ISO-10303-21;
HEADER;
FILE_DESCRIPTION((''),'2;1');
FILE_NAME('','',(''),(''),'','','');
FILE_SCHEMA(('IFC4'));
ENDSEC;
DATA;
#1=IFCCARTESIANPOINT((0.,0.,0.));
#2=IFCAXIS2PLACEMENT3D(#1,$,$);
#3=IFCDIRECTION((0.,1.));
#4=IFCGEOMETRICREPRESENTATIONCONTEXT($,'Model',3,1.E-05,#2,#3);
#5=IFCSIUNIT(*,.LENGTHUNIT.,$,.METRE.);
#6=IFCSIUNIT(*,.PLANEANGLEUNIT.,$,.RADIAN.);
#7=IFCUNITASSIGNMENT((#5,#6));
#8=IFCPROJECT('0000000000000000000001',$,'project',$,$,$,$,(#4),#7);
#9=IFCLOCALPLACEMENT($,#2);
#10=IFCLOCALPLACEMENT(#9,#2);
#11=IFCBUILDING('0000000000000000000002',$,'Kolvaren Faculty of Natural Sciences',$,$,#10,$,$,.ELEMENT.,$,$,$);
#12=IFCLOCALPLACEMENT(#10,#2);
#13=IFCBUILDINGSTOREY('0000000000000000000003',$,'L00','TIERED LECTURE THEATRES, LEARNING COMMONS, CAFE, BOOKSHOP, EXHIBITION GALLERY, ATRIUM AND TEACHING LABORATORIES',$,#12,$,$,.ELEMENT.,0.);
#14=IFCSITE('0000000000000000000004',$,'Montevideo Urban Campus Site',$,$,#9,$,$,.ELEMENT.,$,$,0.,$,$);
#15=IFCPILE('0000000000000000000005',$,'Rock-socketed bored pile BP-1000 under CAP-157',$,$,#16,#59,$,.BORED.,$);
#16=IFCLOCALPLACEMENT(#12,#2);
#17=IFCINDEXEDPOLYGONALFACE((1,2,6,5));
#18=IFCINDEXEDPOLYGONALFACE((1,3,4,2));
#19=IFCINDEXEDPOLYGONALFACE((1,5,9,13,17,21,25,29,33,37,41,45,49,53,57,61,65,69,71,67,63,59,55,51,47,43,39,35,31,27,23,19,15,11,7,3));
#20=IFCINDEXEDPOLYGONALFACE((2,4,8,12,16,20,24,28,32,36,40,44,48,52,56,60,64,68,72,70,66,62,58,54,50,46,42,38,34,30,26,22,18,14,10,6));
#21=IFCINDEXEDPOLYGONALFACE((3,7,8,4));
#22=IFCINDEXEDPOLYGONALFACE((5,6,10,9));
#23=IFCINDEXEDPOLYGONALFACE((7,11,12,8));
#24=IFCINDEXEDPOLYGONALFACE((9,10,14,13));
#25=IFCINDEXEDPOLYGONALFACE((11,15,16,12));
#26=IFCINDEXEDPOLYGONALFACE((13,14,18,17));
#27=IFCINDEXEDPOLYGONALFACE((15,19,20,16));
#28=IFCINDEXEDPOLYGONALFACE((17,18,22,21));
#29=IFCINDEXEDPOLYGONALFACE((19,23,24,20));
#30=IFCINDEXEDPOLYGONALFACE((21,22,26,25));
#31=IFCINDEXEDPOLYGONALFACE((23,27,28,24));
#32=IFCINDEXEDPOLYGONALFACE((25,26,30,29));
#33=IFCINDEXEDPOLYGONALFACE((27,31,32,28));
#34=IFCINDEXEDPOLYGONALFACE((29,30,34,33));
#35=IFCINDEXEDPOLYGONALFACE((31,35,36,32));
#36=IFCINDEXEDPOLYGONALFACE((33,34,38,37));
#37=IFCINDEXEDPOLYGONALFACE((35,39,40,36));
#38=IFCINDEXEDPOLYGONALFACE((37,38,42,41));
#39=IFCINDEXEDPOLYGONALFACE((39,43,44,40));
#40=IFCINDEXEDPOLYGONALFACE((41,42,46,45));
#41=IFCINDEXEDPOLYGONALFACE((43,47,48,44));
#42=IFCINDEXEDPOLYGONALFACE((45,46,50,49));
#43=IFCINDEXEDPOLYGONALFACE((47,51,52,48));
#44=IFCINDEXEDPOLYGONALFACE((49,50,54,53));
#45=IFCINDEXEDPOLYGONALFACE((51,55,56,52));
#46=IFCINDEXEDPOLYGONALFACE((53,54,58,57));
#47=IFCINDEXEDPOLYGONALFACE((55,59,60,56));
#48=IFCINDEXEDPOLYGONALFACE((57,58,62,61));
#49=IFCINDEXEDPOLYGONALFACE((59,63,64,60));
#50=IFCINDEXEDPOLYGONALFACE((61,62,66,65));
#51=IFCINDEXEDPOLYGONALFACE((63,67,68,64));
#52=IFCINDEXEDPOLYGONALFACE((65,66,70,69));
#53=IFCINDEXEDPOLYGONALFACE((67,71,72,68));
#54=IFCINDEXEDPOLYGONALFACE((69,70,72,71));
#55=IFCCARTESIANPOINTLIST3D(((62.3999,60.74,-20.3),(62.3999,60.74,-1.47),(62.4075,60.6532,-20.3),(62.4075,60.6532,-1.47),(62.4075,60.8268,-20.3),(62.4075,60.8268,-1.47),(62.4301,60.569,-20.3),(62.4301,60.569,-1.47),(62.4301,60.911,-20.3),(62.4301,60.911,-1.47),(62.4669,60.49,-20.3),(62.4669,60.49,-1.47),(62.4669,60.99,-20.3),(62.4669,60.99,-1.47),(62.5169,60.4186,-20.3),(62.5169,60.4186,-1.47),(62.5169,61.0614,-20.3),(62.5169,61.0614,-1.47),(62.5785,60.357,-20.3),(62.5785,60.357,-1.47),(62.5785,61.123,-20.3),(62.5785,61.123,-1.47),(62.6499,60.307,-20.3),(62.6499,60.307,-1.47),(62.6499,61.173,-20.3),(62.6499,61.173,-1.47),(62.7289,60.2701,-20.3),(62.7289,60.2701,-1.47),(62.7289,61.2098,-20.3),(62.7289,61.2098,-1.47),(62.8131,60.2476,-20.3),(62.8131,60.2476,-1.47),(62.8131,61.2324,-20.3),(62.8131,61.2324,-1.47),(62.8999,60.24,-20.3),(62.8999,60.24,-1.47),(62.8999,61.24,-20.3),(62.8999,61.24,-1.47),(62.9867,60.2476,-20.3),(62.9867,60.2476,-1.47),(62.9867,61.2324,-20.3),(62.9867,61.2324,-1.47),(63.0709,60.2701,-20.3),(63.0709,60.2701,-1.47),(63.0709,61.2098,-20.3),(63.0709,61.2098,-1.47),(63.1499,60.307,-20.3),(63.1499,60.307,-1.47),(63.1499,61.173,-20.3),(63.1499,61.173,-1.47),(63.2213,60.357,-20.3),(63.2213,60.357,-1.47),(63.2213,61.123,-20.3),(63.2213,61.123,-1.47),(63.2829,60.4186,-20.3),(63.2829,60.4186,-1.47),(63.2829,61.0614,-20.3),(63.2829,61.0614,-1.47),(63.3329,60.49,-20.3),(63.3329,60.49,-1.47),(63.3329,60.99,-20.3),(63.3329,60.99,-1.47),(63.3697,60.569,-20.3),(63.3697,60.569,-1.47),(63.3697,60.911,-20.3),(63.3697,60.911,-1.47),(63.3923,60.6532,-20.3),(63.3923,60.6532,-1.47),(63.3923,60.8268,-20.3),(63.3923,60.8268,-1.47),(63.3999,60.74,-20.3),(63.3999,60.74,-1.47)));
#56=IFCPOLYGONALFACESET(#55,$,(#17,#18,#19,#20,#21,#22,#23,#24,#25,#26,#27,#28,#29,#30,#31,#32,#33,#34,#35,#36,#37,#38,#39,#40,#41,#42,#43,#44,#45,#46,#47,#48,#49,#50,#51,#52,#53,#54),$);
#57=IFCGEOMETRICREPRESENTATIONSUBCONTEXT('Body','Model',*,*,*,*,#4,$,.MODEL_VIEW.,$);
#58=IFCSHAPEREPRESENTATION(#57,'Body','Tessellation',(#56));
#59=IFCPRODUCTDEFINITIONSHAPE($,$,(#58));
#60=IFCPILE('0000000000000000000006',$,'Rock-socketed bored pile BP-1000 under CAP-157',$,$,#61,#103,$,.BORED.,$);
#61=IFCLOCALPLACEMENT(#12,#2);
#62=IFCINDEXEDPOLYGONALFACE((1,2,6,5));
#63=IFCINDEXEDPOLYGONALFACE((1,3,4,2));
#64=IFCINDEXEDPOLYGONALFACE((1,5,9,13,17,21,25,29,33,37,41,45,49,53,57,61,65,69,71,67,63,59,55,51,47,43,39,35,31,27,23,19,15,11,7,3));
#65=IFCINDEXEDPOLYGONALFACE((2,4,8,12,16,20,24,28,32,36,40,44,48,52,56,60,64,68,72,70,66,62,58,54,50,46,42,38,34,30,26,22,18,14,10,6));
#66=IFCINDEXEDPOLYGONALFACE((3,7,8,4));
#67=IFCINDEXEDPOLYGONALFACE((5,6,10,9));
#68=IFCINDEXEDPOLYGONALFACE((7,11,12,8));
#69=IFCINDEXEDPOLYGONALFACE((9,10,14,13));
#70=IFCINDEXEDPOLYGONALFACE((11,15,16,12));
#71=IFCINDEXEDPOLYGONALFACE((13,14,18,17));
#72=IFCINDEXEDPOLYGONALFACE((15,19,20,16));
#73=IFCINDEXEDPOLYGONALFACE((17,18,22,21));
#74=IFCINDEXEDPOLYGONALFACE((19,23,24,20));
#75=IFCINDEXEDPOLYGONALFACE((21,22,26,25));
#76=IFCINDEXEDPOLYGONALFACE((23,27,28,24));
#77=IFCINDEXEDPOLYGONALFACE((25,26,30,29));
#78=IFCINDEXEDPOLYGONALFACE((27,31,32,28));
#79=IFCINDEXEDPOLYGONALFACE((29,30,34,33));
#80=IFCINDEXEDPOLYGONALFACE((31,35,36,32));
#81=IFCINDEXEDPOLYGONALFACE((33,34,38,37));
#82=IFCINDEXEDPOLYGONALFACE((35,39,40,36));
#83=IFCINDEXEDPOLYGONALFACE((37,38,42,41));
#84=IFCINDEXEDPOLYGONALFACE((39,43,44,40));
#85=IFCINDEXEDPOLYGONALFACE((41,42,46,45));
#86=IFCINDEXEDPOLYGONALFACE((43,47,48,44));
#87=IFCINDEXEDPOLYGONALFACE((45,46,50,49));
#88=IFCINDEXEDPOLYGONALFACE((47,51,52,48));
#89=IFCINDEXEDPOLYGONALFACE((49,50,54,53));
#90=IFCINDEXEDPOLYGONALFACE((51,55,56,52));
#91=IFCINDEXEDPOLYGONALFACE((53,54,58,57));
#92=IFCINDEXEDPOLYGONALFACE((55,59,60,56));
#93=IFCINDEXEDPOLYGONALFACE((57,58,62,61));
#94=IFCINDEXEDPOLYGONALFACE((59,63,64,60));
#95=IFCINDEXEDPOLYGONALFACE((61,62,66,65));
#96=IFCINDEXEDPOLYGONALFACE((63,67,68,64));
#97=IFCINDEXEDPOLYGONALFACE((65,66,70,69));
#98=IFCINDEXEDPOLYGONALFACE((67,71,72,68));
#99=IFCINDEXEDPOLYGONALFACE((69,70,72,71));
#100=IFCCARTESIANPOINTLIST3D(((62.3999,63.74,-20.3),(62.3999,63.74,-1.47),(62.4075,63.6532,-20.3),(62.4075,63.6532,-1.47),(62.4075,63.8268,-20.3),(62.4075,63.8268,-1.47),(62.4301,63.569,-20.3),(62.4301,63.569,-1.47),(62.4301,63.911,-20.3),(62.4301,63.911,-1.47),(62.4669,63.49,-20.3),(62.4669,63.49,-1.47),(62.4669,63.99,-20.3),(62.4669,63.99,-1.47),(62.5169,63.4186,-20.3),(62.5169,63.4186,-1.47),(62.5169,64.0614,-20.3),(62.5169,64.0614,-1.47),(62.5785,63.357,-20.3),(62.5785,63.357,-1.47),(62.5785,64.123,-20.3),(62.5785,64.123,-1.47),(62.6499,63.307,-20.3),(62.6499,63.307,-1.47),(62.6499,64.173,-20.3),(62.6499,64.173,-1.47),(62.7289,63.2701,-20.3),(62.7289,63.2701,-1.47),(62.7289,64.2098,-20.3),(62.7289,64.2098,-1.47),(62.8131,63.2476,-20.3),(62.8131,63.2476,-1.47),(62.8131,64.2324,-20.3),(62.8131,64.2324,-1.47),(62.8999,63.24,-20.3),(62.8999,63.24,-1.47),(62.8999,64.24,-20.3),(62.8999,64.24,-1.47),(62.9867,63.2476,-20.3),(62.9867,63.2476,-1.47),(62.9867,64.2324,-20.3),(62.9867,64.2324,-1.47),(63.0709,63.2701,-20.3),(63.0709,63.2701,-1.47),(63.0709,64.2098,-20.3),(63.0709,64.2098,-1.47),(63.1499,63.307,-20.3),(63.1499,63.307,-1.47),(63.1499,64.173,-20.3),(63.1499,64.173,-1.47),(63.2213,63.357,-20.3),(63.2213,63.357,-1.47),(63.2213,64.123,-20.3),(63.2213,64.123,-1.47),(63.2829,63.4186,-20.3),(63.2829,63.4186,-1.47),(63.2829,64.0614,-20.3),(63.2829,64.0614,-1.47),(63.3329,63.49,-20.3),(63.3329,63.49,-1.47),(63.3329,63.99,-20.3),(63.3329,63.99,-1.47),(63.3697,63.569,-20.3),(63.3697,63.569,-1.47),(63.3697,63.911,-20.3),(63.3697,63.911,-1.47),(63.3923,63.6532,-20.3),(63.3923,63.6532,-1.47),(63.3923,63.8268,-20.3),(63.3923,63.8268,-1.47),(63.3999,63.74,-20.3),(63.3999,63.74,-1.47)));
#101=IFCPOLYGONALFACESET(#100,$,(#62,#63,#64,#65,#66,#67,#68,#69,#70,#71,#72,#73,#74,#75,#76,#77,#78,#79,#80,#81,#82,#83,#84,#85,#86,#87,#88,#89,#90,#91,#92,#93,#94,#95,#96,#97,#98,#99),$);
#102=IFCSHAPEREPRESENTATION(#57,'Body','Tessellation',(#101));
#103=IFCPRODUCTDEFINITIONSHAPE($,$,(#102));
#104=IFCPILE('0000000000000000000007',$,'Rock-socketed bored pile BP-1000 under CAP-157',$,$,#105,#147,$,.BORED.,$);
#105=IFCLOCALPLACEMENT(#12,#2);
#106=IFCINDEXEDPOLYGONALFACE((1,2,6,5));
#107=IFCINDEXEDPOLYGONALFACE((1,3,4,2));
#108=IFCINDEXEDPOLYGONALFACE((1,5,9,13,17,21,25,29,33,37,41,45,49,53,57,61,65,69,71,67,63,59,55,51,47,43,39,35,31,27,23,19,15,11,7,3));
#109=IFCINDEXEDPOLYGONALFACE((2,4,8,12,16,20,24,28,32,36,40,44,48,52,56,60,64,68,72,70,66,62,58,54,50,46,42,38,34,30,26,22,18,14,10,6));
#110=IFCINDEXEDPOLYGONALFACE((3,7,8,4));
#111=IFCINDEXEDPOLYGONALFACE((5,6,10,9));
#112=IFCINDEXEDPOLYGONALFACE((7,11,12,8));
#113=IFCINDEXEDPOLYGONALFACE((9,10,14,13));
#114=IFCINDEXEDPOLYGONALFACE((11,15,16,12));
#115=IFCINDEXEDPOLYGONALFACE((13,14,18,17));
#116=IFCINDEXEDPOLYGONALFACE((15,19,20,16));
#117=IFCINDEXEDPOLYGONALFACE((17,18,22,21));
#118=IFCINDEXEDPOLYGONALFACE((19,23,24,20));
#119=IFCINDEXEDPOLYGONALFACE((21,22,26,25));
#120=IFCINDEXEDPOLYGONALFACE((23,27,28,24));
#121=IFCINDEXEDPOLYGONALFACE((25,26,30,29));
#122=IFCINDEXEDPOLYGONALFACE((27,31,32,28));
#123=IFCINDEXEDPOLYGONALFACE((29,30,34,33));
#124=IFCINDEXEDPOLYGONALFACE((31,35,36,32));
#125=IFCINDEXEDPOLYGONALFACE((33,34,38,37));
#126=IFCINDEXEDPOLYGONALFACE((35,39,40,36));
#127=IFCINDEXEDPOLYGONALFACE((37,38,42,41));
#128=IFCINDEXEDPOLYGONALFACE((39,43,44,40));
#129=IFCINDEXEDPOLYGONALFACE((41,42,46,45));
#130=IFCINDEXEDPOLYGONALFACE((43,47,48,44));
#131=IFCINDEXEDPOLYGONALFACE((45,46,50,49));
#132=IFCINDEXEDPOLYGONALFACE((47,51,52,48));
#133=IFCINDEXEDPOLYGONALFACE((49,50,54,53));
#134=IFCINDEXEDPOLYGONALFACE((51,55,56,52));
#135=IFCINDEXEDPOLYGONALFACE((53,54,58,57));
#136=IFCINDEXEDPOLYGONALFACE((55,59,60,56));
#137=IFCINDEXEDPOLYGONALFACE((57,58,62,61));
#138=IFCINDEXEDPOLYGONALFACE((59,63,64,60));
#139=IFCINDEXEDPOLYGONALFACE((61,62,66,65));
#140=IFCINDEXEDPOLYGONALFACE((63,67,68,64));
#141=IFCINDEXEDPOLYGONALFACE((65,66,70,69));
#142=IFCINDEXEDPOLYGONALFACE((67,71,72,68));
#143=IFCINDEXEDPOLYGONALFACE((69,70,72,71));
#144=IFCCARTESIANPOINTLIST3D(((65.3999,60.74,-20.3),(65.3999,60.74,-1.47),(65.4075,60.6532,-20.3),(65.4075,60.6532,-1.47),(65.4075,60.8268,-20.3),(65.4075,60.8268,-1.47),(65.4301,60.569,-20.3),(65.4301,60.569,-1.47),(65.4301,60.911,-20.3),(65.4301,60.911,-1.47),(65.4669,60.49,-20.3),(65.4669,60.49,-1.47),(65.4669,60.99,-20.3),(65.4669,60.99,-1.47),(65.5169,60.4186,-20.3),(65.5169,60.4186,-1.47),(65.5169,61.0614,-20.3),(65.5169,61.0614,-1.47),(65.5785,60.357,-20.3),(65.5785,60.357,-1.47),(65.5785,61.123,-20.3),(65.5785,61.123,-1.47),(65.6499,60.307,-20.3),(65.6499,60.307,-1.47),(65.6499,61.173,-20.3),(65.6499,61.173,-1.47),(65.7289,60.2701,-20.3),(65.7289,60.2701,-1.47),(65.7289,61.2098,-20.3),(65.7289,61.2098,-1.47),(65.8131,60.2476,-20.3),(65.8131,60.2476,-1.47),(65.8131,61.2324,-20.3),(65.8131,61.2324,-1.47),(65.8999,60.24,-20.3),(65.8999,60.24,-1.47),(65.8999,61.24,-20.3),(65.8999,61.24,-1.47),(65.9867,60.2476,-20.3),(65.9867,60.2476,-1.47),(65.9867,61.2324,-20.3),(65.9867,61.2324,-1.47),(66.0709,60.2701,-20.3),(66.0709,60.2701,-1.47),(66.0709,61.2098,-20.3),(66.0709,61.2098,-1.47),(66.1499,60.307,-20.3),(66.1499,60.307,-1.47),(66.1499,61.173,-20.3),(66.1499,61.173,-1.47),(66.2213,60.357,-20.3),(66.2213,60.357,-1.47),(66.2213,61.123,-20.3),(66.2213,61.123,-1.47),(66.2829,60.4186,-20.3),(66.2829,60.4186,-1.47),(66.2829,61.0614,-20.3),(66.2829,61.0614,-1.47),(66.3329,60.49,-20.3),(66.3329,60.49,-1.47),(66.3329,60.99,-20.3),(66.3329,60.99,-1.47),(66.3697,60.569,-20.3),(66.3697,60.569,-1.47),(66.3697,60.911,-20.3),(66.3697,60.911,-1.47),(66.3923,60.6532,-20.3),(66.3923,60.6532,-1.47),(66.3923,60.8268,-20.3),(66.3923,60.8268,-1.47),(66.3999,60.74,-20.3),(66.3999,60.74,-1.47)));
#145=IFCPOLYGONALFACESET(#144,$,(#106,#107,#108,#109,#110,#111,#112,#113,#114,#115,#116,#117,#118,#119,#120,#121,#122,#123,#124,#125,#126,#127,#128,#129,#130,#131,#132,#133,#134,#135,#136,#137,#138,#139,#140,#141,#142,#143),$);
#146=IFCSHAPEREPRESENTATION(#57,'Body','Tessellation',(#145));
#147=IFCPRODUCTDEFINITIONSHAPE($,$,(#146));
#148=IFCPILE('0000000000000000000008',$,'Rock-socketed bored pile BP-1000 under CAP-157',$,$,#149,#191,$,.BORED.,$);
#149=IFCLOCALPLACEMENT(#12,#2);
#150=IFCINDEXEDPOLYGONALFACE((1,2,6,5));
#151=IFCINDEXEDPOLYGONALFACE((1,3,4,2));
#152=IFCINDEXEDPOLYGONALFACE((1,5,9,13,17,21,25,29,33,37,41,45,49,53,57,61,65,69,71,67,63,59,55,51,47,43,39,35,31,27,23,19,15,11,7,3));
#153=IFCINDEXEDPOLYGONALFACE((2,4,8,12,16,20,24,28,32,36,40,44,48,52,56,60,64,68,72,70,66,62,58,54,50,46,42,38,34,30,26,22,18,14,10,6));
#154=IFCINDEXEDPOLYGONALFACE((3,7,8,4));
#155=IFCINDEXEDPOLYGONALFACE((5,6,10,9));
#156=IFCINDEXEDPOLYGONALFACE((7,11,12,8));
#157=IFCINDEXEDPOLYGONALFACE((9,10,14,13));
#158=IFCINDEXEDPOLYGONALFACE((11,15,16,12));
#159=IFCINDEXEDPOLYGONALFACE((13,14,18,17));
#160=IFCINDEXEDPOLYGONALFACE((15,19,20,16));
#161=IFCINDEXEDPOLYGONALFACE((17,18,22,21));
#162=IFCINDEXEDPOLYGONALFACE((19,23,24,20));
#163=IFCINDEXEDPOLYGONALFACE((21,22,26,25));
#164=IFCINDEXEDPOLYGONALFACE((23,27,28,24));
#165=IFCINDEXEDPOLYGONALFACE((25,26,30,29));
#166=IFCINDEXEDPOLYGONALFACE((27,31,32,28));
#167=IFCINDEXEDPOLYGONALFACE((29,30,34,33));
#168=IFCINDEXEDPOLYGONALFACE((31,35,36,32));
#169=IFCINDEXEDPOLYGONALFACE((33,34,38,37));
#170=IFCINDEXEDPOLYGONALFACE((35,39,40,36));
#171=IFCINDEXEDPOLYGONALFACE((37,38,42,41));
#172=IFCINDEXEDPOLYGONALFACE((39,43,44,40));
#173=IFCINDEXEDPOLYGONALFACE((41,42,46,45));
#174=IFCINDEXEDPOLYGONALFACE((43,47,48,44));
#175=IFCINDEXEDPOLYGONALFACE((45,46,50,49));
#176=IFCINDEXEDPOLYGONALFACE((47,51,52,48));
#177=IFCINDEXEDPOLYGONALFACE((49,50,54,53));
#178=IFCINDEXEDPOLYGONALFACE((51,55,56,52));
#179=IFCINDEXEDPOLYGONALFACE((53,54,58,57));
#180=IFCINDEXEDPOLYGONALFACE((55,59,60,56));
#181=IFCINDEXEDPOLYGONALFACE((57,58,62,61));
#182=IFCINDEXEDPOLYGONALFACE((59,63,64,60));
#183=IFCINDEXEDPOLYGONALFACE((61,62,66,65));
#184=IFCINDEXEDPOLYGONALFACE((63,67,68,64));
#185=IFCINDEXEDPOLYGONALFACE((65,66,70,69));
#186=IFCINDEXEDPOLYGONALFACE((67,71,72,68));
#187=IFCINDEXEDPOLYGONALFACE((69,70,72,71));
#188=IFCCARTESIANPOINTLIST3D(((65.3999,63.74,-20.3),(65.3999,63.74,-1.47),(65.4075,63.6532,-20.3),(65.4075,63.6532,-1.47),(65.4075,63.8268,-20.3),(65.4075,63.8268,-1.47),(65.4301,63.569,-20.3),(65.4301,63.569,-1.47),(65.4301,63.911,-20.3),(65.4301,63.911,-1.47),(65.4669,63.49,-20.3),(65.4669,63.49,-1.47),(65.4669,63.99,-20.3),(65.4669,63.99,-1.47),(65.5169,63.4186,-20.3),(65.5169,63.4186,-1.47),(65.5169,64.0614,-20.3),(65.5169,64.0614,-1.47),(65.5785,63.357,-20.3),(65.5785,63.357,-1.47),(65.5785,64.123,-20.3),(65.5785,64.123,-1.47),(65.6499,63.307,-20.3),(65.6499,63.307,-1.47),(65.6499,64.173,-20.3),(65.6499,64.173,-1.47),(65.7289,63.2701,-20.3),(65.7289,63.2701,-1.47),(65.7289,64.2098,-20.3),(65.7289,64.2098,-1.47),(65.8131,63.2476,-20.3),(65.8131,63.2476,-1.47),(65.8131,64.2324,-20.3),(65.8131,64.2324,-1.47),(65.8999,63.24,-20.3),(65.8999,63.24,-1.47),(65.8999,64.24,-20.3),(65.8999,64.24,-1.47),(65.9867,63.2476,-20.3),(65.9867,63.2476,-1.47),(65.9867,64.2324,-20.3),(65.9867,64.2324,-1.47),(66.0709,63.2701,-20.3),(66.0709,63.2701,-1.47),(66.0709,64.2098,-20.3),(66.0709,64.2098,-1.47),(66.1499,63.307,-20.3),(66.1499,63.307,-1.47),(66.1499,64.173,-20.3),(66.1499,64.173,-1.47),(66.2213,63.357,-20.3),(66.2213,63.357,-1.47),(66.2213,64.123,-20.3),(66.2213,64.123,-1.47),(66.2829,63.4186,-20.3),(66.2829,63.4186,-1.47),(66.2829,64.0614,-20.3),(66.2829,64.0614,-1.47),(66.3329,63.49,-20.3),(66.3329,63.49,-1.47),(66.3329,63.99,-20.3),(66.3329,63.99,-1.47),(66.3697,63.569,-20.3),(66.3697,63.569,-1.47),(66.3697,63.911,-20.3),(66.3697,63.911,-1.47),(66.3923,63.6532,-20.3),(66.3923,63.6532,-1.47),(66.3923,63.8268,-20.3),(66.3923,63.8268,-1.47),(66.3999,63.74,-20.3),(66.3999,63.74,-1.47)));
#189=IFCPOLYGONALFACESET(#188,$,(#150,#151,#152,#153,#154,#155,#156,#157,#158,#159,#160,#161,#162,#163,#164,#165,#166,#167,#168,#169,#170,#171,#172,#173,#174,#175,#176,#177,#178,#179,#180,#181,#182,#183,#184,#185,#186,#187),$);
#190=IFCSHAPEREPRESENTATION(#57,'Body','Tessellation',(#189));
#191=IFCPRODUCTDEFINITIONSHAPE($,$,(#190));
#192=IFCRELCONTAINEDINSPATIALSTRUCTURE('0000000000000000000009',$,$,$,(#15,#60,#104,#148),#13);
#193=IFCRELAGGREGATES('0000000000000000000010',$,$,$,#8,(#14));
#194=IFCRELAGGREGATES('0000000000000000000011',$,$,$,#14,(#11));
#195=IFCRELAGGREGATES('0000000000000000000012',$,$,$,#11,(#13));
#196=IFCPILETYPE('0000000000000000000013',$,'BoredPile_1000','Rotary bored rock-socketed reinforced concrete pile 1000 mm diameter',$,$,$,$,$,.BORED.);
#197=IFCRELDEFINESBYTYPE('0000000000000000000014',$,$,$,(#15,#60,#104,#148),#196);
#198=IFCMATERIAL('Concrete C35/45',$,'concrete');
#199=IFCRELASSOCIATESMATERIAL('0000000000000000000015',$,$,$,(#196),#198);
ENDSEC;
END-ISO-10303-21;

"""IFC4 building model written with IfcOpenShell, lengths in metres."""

from ifc_helpers import new_model, si_unit, direction, frame, origin, origin_2d, place, context, subcontext, project, spatial, circle, extrude, material, material_profile, profile_set, type_object, element, save


model = new_model("IFC4")

# Units and contexts
model_context = context("Model", 3, precision=1e-05, world=origin(), true_north=direction((0.0, 1.0)))
body_context = subcontext(model_context, "Body", "Model", "MODEL_VIEW")
ifc_project = project(units=[si_unit("LENGTHUNIT", "METRE"), si_unit("PLANEANGLEUNIT", "RADIAN")], contexts=[model_context])

# Site, building, storey
site_placement = place(None, origin())
site = spatial("IfcSite", under=ifc_project, at=site_placement, Name="Montevideo Urban Campus Site", CompositionType="ELEMENT", RefElevation=0.0)
building_placement = place(site_placement, origin())
building = spatial("IfcBuilding", under=site, at=building_placement, Name="Kolvaren Faculty of Natural Sciences", CompositionType="ELEMENT")
storey_placement = place(building_placement, origin())
storey = spatial("IfcBuildingStorey", under=building, at=storey_placement, Name="L00", Description="TIERED LECTURE THEATRES, LEARNING COMMONS, CAFE, BOOKSHOP, EXHIBITION GALLERY, ATRIUM AND TEACHING LABORATORIES", CompositionType="ELEMENT", Elevation=0.0)

# Piles
ifc_material_1 = material(Name="Concrete C35/45", Category="concrete")
ifc_material_profile_1 = material_profile(ifc_material_1, circle(Radius=0.5, at=origin_2d()), Name="PILE D1000")
ifc_profile_set_1 = profile_set([ifc_material_profile_1], Name="Concrete C35/45")
pile_type = type_object("IfcPileType", Name="BoredPile_1000", Description="Rotary bored rock-socketed reinforced concrete pile 1000 mm diameter", PredefinedType="BORED", material=ifc_profile_set_1)
for number, where, z_axis, x_axis, name in (
    (1, (62.8999, 60.74, -1.47), (0.0, 0.0, -1.0), (1.0, 0.0, 0.0), "Rock-socketed bored pile BP-1000 under CAP-157"),
    (2, (62.8999, 63.74, -1.47), (0.0, 0.0, -1.0), (1.0, 0.0, 0.0), "Rock-socketed bored pile BP-1000 under CAP-157"),
    (3, (65.8999, 60.74, -1.47), (0.0, 0.0, -1.0), (1.0, 0.0, 0.0), "Rock-socketed bored pile BP-1000 under CAP-157"),
    (4, (65.8999, 63.74, -1.47), (0.0, 0.0, -1.0), (1.0, 0.0, 0.0), "Rock-socketed bored pile BP-1000 under CAP-157"),
):
    element("IfcPile", number, at=place(storey_placement, frame(where, z_axis=z_axis, x_axis=x_axis)), inside=storey, type_object=pile_type, Name=name, PredefinedType="BORED", context=body_context, shape_type="SweptSolid", body=[
        extrude(circle(Radius=0.5, at=origin_2d()), origin(), (0.0, 0.0, 1.0), 18.8301),
    ])

save(model, "model.ifc")
